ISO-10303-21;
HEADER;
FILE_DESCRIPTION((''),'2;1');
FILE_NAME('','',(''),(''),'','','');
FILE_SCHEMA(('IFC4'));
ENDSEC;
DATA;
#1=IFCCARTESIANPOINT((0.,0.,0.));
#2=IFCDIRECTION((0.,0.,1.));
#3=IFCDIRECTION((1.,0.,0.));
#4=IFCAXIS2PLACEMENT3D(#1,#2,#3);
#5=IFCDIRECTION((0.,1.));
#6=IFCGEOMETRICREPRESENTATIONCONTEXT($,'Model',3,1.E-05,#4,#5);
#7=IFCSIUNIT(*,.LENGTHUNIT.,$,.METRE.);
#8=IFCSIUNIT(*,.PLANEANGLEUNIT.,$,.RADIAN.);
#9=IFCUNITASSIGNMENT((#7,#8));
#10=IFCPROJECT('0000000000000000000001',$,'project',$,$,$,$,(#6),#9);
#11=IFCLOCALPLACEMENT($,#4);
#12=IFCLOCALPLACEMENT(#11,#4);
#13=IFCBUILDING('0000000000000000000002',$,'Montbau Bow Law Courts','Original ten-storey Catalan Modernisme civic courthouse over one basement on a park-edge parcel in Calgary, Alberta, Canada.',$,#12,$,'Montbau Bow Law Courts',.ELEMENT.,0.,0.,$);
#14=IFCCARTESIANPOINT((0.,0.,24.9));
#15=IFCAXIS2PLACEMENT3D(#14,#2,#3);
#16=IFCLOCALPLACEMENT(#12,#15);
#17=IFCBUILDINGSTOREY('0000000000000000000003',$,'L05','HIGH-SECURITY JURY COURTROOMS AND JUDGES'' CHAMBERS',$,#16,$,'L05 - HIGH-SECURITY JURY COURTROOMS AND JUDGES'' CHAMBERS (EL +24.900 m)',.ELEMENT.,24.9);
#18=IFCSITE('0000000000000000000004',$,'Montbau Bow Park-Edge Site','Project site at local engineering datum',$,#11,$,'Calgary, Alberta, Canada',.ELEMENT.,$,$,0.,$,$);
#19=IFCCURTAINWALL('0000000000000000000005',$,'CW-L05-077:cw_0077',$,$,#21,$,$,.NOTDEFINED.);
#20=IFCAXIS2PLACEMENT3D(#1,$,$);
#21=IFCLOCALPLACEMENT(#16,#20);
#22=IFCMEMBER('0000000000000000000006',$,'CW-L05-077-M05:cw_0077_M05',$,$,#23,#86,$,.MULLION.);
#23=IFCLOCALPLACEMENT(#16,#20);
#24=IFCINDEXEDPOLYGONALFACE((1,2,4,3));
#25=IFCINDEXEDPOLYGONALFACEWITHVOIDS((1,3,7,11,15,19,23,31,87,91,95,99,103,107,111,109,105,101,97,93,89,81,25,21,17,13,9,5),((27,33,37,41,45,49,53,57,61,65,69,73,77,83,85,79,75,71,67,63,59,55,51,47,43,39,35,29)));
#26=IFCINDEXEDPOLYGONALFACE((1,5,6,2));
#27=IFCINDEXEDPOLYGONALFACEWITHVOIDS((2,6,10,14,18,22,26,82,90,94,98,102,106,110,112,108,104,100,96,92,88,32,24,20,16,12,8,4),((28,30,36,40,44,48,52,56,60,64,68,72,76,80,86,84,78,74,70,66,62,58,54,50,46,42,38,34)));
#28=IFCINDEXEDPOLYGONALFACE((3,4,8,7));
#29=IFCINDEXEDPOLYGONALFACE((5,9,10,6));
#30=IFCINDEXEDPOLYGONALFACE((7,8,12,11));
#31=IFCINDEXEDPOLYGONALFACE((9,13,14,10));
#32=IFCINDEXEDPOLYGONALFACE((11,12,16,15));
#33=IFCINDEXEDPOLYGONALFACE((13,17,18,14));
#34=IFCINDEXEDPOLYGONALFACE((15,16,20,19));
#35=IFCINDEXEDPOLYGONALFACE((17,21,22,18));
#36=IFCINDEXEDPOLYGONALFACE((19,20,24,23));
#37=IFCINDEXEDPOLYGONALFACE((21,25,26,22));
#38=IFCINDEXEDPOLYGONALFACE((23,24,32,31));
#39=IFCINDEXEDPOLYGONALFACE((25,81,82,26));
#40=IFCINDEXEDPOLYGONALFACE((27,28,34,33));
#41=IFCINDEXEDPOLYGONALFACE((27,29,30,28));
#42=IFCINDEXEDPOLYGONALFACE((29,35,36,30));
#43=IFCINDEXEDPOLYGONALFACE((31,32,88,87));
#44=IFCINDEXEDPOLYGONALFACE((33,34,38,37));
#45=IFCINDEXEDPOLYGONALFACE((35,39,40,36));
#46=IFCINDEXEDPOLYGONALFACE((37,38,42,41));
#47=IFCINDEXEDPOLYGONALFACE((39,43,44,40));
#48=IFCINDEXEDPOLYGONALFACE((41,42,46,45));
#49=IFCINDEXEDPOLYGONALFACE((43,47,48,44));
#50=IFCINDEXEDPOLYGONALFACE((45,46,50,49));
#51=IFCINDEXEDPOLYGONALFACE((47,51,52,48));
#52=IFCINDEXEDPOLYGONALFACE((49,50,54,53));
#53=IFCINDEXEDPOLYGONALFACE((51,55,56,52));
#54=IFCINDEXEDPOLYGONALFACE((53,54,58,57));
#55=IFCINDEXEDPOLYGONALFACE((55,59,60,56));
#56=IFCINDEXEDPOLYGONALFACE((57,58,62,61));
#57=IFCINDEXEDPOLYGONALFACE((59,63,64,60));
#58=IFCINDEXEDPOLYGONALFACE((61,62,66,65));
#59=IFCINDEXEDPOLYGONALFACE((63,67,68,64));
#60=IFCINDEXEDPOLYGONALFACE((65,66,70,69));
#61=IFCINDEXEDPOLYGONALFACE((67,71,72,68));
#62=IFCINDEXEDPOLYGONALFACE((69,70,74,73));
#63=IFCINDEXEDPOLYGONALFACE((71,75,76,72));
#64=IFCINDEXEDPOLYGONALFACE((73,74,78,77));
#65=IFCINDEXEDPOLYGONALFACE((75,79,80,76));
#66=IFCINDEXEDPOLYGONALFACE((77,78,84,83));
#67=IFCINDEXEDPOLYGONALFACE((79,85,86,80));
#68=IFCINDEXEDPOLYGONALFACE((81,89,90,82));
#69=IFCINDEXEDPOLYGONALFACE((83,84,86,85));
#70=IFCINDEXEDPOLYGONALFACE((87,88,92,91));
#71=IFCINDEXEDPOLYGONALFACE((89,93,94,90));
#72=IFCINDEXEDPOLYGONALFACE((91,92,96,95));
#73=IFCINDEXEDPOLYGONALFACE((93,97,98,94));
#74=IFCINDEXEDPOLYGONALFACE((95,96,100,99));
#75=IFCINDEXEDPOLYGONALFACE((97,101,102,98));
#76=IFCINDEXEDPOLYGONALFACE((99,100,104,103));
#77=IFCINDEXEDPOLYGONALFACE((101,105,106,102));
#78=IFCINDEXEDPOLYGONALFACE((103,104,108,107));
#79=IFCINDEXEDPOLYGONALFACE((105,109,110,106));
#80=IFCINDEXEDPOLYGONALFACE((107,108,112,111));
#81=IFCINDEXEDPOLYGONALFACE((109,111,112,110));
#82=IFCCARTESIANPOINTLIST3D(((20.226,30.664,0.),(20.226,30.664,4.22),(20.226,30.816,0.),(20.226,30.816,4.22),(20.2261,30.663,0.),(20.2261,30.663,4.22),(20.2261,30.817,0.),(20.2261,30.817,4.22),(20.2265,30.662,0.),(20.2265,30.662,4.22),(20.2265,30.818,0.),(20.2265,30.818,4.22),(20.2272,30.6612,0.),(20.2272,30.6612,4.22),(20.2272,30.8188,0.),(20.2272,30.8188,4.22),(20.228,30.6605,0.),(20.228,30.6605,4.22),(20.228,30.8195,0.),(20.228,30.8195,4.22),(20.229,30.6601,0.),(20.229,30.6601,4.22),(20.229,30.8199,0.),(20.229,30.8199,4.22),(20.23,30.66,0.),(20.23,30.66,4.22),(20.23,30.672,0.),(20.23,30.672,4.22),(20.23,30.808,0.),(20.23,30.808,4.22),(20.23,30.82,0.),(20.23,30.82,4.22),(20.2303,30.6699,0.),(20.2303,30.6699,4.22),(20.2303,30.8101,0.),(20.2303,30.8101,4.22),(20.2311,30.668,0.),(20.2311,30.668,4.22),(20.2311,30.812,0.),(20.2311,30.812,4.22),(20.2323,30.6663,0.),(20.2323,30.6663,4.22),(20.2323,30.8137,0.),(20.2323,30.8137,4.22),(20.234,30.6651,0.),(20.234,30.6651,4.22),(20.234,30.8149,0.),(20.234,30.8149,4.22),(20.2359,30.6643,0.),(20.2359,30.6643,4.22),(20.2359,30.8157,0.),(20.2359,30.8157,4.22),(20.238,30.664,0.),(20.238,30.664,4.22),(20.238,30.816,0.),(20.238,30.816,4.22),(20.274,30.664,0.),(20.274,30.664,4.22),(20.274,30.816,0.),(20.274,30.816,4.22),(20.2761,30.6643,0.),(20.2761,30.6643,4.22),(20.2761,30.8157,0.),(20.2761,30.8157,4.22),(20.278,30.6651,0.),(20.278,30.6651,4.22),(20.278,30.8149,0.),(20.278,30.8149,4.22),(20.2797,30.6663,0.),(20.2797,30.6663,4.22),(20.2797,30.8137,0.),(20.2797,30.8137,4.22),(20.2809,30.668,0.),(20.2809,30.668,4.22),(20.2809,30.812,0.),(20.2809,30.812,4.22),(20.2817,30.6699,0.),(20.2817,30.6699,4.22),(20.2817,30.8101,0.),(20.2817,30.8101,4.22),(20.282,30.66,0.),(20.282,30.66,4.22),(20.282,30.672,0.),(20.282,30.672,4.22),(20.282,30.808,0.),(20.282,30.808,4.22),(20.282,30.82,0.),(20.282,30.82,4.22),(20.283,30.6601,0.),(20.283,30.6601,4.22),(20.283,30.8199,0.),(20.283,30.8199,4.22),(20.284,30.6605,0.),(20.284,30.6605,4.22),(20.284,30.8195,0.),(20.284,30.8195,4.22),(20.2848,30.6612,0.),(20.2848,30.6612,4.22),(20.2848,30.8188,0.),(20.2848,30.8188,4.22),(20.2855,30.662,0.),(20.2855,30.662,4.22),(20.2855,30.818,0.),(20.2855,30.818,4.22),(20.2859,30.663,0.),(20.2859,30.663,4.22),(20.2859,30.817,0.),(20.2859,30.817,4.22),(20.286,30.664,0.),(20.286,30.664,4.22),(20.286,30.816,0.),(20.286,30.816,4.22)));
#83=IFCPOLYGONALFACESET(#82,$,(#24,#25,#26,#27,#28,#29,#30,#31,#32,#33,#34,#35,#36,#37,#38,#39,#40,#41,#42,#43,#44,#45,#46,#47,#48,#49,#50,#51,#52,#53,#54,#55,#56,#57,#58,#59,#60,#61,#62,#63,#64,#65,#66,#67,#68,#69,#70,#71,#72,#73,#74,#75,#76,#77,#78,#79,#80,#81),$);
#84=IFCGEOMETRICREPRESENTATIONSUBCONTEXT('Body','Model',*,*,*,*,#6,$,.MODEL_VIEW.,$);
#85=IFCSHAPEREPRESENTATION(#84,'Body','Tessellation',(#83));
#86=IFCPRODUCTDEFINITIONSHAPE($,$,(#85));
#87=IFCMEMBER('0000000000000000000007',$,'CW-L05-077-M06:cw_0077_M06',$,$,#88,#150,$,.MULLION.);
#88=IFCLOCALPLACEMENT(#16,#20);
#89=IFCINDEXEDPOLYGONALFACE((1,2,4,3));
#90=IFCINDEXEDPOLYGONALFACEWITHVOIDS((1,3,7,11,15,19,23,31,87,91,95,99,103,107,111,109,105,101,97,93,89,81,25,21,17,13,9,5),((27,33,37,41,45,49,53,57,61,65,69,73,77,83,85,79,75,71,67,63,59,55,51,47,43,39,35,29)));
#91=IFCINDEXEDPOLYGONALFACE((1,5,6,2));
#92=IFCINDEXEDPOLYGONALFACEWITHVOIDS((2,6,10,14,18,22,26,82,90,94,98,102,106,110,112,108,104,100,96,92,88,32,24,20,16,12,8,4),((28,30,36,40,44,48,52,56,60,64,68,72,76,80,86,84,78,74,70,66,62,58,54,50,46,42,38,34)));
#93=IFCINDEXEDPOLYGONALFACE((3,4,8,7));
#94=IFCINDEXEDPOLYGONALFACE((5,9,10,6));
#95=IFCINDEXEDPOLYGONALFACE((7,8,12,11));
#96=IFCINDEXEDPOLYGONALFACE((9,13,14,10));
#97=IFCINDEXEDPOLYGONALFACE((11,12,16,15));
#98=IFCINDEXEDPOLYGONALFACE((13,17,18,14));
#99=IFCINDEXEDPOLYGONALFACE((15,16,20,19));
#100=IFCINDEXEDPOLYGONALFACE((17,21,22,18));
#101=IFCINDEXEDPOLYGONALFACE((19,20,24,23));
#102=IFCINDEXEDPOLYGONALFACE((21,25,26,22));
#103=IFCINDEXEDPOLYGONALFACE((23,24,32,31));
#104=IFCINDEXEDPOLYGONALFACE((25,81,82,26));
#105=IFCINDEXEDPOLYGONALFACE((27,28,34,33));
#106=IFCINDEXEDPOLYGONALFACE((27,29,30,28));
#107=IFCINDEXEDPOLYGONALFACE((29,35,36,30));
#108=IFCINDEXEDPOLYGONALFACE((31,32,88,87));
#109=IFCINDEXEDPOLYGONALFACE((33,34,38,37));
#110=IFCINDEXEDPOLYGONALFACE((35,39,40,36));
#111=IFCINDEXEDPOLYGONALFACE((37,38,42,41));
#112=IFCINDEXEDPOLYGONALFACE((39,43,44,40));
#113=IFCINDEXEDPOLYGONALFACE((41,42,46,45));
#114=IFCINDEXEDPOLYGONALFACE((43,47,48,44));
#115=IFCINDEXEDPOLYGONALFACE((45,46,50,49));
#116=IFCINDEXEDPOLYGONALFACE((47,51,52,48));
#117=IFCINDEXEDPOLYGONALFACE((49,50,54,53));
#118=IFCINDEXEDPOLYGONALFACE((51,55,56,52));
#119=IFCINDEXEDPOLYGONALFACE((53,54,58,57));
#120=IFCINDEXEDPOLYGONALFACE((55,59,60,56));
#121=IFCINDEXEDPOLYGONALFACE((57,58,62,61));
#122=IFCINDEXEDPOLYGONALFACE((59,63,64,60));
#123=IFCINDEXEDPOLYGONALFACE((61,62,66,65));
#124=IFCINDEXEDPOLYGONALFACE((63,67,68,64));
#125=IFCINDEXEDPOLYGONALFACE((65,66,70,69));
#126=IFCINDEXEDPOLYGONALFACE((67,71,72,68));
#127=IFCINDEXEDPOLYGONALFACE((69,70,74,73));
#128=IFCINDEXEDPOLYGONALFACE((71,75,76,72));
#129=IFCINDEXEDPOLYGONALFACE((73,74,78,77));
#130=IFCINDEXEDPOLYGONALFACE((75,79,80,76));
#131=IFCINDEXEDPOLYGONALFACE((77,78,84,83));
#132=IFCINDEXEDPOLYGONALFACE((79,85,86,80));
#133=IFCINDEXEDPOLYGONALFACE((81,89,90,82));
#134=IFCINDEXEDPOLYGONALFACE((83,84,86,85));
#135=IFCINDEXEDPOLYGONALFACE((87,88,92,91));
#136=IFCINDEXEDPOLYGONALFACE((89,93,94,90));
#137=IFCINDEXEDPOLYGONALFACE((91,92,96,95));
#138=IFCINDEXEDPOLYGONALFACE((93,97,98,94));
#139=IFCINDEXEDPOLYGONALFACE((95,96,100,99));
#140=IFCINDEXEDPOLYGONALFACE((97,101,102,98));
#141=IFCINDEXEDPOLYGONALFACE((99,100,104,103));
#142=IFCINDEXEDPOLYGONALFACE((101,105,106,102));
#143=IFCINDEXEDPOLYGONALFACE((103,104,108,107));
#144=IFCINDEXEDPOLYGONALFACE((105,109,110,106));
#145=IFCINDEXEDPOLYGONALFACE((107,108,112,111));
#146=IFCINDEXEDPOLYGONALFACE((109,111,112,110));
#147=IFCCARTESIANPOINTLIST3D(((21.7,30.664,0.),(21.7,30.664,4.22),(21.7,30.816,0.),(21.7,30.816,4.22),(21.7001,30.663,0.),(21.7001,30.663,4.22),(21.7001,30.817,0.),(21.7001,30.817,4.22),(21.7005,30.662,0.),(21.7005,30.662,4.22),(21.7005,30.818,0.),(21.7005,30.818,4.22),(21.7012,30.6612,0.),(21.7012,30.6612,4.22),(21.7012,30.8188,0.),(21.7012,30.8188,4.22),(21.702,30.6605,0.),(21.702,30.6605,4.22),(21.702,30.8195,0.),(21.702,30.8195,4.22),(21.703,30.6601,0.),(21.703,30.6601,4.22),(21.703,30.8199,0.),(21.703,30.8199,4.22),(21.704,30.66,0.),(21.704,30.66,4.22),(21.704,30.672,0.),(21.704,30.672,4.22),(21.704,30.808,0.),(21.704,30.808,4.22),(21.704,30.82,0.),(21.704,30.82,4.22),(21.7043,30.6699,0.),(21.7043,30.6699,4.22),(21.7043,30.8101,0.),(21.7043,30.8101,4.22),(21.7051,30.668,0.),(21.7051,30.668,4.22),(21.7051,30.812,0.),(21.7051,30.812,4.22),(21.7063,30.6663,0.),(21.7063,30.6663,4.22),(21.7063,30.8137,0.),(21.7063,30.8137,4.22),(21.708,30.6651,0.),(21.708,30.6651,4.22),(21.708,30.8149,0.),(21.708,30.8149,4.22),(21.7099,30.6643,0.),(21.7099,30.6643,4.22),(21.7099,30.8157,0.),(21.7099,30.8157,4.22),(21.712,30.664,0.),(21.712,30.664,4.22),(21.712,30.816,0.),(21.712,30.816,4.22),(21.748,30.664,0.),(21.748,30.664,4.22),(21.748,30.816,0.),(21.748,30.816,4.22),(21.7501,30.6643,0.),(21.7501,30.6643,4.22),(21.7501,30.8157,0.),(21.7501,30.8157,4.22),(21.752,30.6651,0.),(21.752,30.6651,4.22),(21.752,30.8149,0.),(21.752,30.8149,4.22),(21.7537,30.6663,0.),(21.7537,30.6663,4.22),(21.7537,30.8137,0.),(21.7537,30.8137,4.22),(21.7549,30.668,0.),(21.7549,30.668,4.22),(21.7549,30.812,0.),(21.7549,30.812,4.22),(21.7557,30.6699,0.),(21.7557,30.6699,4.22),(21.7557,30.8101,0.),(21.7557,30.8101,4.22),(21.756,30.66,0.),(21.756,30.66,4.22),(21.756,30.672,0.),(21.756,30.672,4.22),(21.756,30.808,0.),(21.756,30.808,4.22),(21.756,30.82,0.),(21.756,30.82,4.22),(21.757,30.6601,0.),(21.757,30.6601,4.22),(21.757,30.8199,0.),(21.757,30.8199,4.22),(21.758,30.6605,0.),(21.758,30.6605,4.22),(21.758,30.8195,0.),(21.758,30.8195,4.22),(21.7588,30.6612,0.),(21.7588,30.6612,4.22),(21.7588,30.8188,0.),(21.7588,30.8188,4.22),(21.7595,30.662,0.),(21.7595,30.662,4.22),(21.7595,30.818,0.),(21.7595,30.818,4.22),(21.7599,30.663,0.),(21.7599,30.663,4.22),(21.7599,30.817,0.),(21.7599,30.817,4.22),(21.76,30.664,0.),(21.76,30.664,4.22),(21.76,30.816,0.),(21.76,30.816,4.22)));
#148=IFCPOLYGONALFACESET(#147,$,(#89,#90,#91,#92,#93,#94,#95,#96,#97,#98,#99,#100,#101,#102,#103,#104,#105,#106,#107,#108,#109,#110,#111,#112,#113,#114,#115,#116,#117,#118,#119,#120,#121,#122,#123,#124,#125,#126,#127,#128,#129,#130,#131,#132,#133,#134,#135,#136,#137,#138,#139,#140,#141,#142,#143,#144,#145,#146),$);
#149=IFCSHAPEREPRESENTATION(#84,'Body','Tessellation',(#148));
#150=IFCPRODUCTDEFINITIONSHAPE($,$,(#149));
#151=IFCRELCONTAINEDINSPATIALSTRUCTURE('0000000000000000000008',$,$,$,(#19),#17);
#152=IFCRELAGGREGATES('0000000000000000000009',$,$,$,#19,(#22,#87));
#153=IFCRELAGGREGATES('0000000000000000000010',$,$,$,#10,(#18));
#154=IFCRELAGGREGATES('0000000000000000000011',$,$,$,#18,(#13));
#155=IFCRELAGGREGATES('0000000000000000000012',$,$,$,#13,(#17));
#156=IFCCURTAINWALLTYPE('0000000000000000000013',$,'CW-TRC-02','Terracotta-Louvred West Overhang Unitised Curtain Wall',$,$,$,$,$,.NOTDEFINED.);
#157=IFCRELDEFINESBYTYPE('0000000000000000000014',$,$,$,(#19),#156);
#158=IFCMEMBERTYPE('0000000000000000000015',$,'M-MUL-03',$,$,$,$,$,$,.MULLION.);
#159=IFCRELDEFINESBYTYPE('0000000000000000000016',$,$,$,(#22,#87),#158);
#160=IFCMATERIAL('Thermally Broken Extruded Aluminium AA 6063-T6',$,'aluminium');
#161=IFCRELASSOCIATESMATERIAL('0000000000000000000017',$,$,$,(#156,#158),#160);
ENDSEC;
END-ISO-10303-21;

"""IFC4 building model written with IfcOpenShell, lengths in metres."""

from ifc_helpers import new_model, si_unit, direction, frame, origin_with_axes, origin_2d_with_axis, place, context, subcontext, project, spatial, hollow_rectangle, extrude, material, material_profile, profile_set, type_object, element, aggregate, save


model = new_model("IFC4")

# Units and contexts
model_context = context("Model", 3, precision=1e-05, world=origin_with_axes(), true_north=direction((0.0, 1.0)))
body_context = subcontext(model_context, "Body", "Model", "MODEL_VIEW")
ifc_project = project(units=[si_unit("LENGTHUNIT", "METRE"), si_unit("PLANEANGLEUNIT", "RADIAN")], contexts=[model_context])

# Site, building, storey
site_placement = place(None, origin_with_axes())
site = spatial("IfcSite", under=ifc_project, at=site_placement, Name="Montbau Bow Park-Edge Site", Description="Project site at local engineering datum", LongName="Calgary, Alberta, Canada", CompositionType="ELEMENT", RefElevation=0.0)
building_placement = place(site_placement, origin_with_axes())
building = spatial("IfcBuilding", under=site, at=building_placement, Name="Montbau Bow Law Courts", Description="Original ten-storey Catalan Modernisme civic courthouse over one basement on a park-edge parcel in Calgary, Alberta, Canada.", LongName="Montbau Bow Law Courts", CompositionType="ELEMENT", ElevationOfRefHeight=0.0, ElevationOfTerrain=0.0)
storey_placement = place(building_placement, frame((0.0, 0.0, 24.9), z_axis=(0.0, 0.0, 1.0), x_axis=(1.0, 0.0, 0.0)))
storey = spatial("IfcBuildingStorey", under=building, at=storey_placement, Name="L05", Description="HIGH-SECURITY JURY COURTROOMS AND JUDGES' CHAMBERS", LongName="L05 - HIGH-SECURITY JURY COURTROOMS AND JUDGES' CHAMBERS (EL +24.900 m)", CompositionType="ELEMENT", Elevation=24.9)

# Curtain wall, members
ifc_material_1 = material(Name="Thermally Broken Extruded Aluminium AA 6063-T6", Category="aluminium")
curtain_wall_type = type_object("IfcCurtainWallType", Name="CW-TRC-02", Description="Terracotta-Louvred West Overhang Unitised Curtain Wall", PredefinedType="NOTDEFINED", material=ifc_material_1)
curtain_wall_1_placement = place(None, frame((14.24, 30.74, 24.9), z_axis=(0.0, 0.0, 1.0), x_axis=(1.0, 0.0, 0.0)))
curtain_wall_1 = element("IfcCurtainWall", 1, at=curtain_wall_1_placement, inside=storey, type_object=curtain_wall_type, Name="CW-L05-077:cw_0077", PredefinedType="NOTDEFINED")
ifc_material_profile_1 = material_profile(ifc_material_1, hollow_rectangle(XDim=0.06, YDim=0.16, WallThickness=0.004, InnerFilletRadius=0.008, OuterFilletRadius=0.004, at=origin_2d_with_axis()), Name="CWM-160X60", Category="Main", Priority=0)
ifc_profile_set_1 = profile_set([ifc_material_profile_1], Name="Thermally Broken Extruded Aluminium AA 6063-T6")
member_type_1 = type_object("IfcMemberType", Name="M-MUL-03", PredefinedType="MULLION", material=ifc_profile_set_1)
member_1_placement = place(None, frame((20.256, 30.74, 24.9), z_axis=(0.0, 0.0, 1.0), x_axis=(1.0, 0.0, 0.0)))
member_1 = element("IfcMember", 2, at=member_1_placement, type_object=member_type_1, Name="CW-L05-077-M05:cw_0077_M05", PredefinedType="MULLION", context=body_context, shape_type="SweptSolid", body=[
    extrude(hollow_rectangle(XDim=0.06, YDim=0.16, WallThickness=0.004, InnerFilletRadius=0.008, OuterFilletRadius=0.004, at=origin_2d_with_axis()), origin_with_axes(), (0.0, 0.0, 1.0), 4.22),
])
member_2_placement = place(None, frame((21.73, 30.74, 24.9), z_axis=(0.0, 0.0, 1.0), x_axis=(1.0, 0.0, 0.0)))
member_2 = element("IfcMember", 3, at=member_2_placement, type_object=member_type_1, Name="CW-L05-077-M06:cw_0077_M06", PredefinedType="MULLION", context=body_context, shape_type="SweptSolid", body=[
    extrude(hollow_rectangle(XDim=0.06, YDim=0.16, WallThickness=0.004, InnerFilletRadius=0.008, OuterFilletRadius=0.004, at=origin_2d_with_axis()), origin_with_axes(), (0.0, 0.0, 1.0), 4.22),
])

aggregate(curtain_wall_1, [member_1, member_2])

save(model, "model.ifc")
